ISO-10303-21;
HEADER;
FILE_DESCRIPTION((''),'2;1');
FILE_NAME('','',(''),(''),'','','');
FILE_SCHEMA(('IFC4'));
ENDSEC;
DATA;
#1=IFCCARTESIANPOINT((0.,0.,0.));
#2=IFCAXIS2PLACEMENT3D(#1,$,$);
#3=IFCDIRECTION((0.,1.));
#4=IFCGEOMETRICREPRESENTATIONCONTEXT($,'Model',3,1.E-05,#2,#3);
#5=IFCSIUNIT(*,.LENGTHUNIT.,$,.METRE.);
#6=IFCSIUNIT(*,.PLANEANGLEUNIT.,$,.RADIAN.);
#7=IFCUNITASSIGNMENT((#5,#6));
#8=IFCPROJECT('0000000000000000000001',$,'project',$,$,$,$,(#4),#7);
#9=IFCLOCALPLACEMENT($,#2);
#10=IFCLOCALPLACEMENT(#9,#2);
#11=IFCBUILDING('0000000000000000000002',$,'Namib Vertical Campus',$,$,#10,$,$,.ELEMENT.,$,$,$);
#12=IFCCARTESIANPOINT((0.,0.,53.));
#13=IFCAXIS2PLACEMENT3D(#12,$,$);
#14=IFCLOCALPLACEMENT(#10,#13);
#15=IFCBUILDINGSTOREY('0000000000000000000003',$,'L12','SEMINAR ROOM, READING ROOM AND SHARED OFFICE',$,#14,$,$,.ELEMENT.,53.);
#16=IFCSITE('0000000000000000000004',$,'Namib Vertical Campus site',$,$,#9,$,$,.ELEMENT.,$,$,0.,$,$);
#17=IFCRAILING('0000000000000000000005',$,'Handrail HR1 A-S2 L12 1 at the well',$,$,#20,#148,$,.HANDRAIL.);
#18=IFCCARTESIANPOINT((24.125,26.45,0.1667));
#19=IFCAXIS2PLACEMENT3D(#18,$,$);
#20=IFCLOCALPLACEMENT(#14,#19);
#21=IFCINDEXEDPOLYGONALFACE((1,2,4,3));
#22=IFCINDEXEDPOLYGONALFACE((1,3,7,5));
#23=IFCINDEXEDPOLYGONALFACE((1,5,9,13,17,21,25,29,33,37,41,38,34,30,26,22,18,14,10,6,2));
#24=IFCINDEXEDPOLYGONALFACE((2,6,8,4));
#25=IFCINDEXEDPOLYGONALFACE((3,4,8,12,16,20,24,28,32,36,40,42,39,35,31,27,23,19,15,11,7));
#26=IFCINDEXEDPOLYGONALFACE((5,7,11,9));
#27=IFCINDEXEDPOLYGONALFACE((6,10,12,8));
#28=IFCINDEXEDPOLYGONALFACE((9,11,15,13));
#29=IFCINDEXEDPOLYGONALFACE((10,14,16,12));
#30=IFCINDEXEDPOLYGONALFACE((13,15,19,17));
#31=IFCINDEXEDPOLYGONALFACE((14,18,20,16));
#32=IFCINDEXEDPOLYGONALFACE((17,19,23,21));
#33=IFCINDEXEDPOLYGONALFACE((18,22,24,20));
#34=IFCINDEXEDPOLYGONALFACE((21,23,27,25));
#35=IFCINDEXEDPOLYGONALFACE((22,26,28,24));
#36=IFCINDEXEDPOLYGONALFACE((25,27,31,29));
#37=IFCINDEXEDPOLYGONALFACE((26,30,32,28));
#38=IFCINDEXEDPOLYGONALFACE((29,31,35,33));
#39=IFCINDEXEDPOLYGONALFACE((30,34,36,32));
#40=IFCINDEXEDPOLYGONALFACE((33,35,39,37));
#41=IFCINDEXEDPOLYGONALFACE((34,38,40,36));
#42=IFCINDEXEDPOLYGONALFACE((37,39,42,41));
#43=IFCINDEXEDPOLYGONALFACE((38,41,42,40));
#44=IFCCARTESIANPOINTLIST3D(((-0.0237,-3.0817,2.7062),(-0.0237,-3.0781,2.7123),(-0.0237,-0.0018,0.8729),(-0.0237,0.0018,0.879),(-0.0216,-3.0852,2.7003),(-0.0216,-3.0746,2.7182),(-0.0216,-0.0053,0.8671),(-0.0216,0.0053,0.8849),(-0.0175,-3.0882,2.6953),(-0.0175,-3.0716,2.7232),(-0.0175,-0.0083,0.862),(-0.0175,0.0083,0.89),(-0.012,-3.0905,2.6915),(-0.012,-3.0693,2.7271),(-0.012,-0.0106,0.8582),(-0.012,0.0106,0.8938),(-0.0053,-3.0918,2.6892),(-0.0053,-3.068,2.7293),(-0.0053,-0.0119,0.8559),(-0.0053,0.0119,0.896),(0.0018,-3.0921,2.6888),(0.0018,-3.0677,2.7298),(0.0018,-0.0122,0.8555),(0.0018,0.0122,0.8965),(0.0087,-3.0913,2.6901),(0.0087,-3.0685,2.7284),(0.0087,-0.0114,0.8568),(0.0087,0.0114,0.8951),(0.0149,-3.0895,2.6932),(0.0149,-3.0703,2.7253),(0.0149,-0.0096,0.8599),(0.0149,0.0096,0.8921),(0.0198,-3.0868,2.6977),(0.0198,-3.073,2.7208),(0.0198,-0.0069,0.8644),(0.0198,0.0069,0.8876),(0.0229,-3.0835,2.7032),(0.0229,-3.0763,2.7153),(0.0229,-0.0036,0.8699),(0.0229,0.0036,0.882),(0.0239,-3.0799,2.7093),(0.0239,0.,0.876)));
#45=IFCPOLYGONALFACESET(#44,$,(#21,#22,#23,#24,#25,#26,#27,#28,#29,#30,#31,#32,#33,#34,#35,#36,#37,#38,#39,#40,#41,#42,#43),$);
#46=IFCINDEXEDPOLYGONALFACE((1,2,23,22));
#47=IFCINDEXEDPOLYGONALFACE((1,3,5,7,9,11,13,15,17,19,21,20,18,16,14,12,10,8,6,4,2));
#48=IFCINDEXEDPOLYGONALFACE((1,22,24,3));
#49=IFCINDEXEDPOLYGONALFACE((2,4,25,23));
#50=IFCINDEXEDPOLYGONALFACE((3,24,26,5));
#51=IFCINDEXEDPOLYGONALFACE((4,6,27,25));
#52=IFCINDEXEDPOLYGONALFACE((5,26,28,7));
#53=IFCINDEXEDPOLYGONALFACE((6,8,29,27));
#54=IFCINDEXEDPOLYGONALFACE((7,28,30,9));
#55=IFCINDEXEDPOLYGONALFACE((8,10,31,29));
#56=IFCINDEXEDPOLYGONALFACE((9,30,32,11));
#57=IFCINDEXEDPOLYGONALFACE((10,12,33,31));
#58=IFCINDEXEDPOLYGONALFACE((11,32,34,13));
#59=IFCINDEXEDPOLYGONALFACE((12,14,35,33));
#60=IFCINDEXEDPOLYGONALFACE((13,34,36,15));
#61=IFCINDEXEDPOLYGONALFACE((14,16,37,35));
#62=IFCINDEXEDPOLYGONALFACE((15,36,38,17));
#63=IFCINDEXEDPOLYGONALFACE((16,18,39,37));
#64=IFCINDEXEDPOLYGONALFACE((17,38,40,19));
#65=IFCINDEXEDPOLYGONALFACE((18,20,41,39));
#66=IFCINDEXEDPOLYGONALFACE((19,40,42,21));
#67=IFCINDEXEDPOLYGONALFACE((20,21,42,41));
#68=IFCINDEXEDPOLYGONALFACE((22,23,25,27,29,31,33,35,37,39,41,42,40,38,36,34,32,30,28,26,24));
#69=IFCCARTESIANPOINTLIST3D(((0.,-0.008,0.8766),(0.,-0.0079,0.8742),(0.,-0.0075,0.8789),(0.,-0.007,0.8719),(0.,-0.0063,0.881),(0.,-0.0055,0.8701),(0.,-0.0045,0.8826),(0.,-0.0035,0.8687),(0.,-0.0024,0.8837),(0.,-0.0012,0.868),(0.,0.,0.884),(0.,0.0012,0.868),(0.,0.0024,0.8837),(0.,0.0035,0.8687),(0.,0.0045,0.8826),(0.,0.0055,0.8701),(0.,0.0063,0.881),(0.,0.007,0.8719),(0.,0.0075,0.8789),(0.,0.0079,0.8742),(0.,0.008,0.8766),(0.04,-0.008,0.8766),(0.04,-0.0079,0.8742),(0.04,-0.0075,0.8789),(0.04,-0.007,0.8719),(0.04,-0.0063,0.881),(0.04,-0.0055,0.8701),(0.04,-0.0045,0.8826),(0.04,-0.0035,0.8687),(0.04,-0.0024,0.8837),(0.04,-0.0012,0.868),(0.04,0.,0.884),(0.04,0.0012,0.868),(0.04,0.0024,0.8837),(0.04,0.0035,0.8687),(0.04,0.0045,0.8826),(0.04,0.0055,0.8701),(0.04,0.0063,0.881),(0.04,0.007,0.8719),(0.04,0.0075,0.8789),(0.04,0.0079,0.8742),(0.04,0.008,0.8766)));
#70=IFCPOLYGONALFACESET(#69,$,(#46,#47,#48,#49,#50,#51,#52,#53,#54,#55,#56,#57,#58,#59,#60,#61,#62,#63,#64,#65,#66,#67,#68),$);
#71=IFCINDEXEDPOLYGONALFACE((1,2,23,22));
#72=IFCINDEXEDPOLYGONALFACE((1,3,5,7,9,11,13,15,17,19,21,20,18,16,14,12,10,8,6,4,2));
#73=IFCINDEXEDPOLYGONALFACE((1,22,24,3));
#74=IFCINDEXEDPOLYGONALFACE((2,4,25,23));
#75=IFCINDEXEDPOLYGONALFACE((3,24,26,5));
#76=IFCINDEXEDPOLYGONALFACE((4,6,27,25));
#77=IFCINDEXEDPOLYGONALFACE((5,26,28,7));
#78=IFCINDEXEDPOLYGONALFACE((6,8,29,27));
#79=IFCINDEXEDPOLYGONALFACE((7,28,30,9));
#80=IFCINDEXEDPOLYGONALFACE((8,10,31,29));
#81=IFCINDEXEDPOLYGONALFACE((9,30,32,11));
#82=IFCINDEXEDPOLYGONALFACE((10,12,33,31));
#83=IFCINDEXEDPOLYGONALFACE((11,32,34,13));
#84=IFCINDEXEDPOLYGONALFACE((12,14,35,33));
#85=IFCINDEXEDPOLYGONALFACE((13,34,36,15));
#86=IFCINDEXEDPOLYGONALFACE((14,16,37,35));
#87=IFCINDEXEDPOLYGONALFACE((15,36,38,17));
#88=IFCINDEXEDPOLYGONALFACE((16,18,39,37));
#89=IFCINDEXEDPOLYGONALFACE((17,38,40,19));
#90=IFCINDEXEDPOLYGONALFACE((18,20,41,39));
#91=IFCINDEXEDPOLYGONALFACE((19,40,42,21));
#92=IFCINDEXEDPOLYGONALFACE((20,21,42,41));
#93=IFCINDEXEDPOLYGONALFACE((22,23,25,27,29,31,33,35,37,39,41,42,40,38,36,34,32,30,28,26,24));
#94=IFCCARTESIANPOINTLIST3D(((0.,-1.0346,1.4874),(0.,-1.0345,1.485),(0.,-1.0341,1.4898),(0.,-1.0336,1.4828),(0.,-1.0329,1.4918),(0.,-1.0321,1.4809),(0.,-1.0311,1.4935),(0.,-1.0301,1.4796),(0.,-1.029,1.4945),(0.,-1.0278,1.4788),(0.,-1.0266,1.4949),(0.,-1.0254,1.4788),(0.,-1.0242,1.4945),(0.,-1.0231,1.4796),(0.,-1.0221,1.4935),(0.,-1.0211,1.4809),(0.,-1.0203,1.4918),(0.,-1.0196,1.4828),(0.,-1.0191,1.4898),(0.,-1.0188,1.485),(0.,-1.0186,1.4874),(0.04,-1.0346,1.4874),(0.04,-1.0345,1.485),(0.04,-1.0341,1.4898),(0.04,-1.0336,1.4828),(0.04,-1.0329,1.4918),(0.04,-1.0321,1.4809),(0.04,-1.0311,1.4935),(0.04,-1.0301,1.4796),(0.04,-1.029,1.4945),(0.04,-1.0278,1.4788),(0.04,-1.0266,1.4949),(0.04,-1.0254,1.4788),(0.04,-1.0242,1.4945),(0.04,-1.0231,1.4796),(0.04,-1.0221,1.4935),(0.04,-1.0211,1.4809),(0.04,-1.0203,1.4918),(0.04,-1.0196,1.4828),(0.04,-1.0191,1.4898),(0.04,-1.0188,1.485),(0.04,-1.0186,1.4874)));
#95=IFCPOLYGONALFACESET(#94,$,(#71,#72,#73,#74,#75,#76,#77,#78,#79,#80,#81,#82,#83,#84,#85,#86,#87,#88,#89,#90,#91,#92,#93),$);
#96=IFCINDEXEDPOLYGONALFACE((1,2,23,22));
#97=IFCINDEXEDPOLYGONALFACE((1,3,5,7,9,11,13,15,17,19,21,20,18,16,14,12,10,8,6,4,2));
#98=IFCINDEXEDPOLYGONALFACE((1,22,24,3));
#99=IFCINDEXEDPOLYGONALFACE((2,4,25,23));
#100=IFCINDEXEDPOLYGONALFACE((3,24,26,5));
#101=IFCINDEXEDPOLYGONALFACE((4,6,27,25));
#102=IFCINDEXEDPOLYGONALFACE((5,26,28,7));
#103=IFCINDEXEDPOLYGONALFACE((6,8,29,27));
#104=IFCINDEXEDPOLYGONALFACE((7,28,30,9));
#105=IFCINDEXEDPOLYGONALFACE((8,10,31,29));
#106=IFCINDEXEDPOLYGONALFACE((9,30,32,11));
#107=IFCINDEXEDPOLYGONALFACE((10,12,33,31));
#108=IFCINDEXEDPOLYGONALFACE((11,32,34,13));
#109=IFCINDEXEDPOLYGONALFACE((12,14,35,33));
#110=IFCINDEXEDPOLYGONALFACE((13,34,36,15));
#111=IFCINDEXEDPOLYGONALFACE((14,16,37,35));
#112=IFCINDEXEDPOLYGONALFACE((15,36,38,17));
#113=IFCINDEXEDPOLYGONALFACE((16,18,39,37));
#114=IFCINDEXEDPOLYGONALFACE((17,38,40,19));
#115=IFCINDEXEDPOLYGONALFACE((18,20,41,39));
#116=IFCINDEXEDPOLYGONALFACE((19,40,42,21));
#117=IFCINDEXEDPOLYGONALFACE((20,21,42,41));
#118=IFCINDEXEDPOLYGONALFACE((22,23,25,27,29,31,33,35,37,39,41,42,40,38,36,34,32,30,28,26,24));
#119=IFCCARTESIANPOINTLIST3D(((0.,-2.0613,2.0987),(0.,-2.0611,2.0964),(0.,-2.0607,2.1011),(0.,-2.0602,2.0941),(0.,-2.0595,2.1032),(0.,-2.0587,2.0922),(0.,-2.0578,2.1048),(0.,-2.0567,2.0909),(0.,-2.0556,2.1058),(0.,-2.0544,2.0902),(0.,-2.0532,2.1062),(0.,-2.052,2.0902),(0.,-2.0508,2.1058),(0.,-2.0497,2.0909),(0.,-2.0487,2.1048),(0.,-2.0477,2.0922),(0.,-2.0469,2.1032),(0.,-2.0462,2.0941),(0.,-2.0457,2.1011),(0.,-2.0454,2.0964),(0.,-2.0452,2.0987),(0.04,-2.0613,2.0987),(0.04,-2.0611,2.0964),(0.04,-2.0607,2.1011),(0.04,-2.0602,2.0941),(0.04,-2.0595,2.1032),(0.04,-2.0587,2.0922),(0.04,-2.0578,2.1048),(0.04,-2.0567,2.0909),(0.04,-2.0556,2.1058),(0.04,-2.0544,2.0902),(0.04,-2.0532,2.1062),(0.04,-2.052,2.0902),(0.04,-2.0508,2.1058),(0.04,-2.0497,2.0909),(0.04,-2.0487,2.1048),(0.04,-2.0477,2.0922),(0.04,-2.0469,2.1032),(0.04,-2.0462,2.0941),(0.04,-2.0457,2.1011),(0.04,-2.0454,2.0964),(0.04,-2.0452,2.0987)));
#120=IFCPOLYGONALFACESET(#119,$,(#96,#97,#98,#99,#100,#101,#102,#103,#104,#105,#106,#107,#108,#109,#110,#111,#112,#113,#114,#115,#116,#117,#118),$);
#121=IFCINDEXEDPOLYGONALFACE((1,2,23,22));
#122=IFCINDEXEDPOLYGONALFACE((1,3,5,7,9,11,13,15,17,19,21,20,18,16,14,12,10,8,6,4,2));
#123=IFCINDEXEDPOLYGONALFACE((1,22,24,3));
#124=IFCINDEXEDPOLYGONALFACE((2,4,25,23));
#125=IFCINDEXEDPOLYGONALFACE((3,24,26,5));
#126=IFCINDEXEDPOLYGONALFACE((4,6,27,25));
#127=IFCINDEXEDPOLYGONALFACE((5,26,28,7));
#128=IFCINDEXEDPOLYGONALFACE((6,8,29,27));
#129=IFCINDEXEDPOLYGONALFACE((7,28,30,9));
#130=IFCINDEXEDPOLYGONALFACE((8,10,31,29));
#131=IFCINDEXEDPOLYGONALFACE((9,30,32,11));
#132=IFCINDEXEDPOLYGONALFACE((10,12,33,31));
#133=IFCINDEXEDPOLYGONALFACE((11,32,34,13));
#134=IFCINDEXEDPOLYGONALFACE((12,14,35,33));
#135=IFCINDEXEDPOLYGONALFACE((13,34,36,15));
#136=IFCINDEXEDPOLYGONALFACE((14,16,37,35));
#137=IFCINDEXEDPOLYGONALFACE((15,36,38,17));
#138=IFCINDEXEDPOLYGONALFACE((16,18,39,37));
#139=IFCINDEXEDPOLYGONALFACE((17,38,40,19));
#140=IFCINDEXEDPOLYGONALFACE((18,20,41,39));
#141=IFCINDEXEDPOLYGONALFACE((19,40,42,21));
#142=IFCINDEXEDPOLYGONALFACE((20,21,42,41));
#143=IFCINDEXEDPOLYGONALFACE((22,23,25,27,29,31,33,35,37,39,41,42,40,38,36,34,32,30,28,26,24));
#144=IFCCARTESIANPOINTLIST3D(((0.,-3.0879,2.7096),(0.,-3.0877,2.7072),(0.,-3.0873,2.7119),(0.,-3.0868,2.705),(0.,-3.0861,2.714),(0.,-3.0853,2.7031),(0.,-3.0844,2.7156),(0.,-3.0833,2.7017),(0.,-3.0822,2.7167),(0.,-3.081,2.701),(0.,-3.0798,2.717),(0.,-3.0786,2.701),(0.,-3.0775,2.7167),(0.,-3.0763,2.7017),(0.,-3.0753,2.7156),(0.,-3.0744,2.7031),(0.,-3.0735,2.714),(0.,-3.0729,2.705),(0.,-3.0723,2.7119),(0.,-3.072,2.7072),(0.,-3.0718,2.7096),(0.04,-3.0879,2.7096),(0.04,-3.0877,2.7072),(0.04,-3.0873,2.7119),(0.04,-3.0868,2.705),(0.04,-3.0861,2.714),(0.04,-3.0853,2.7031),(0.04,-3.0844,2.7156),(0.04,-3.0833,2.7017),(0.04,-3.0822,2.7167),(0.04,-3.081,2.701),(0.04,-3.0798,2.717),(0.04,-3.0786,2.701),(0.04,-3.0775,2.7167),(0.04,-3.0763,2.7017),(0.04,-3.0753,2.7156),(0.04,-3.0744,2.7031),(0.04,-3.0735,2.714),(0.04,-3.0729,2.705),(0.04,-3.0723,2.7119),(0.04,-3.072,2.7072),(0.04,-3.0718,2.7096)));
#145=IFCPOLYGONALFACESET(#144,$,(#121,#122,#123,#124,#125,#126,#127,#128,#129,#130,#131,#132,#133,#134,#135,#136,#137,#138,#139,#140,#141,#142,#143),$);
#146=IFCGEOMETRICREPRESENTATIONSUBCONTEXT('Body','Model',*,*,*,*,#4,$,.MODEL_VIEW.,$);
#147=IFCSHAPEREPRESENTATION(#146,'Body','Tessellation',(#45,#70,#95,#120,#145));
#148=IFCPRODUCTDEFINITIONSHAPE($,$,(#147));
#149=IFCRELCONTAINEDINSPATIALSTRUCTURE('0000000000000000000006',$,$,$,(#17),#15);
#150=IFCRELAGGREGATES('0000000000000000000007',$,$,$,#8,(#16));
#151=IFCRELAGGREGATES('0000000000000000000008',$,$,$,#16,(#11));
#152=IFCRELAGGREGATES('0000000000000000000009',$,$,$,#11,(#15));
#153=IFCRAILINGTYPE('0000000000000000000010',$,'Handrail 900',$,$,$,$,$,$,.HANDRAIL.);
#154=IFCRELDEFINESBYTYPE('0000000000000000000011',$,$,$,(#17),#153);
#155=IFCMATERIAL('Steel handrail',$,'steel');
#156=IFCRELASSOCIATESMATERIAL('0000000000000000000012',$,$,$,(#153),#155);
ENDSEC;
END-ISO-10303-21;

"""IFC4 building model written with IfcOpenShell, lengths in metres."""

from ifc_helpers import new_model, si_unit, direction, frame, origin, origin_2d, place, context, subcontext, project, spatial, circle, extrude, material, type_object, element, save


model = new_model("IFC4")

# Units and contexts
model_context = context("Model", 3, precision=1e-05, world=origin(), true_north=direction((0.0, 1.0)))
body_context = subcontext(model_context, "Body", "Model", "MODEL_VIEW")
ifc_project = project(units=[si_unit("LENGTHUNIT", "METRE"), si_unit("PLANEANGLEUNIT", "RADIAN")], contexts=[model_context])

# Site, building, storey
site_placement = place(None, origin())
site = spatial("IfcSite", under=ifc_project, at=site_placement, Name="Namib Vertical Campus site", CompositionType="ELEMENT", RefElevation=0.0)
building_placement = place(site_placement, origin())
building = spatial("IfcBuilding", under=site, at=building_placement, Name="Namib Vertical Campus", CompositionType="ELEMENT")
storey_placement = place(building_placement, frame((0.0, 0.0, 53.0)))
storey = spatial("IfcBuildingStorey", under=building, at=storey_placement, Name="L12", Description="SEMINAR ROOM, READING ROOM AND SHARED OFFICE", CompositionType="ELEMENT", Elevation=53.0)

# Railing
ifc_material_1 = material(Name="Steel handrail", Category="steel")
railing_type_1 = type_object("IfcRailingType", Name="Handrail 900", PredefinedType="HANDRAIL", material=ifc_material_1)
railing_1_placement = place(storey_placement, frame((24.125, 26.45, 0.1667)))
element("IfcRailing", 1, at=railing_1_placement, inside=storey, type_object=railing_type_1, Name="Handrail HR1 A-S2 L12 1 at the well", PredefinedType="HANDRAIL", context=body_context, shape_type="SweptSolid", body=[
    extrude(circle(Radius=0.0239, at=origin_2d()), frame((0.0, 0.0, 0.876), z_axis=(0.0, -0.859291, 0.511487), x_axis=(1.0, 0.0, 0.0)), (0.0, 0.0, 1.0), 3.5842),
    extrude(circle(Radius=0.0081, at=origin_2d()), frame((0.0, 0.0, 0.876), z_axis=(1.0, 0.0, 0.0), x_axis=(0.0, 0.0, 1.0)), (0.0, 0.0, 1.0), 0.04),
    extrude(circle(Radius=0.0081, at=origin_2d()), frame((0.0, -1.0266, 1.4868), z_axis=(1.0, 0.0, 0.0), x_axis=(0.0, 0.0, 1.0)), (0.0, 0.0, 1.0), 0.04),
    extrude(circle(Radius=0.0081, at=origin_2d()), frame((0.0, -2.0532, 2.0981), z_axis=(1.0, 0.0, 0.0), x_axis=(0.0, 0.0, 1.0)), (0.0, 0.0, 1.0), 0.04),
    extrude(circle(Radius=0.0081, at=origin_2d()), frame((0.0, -3.0798, 2.709), z_axis=(1.0, 0.0, 0.0), x_axis=(0.0, 0.0, 1.0)), (0.0, 0.0, 1.0), 0.04),
])

save(model, "model.ifc")
